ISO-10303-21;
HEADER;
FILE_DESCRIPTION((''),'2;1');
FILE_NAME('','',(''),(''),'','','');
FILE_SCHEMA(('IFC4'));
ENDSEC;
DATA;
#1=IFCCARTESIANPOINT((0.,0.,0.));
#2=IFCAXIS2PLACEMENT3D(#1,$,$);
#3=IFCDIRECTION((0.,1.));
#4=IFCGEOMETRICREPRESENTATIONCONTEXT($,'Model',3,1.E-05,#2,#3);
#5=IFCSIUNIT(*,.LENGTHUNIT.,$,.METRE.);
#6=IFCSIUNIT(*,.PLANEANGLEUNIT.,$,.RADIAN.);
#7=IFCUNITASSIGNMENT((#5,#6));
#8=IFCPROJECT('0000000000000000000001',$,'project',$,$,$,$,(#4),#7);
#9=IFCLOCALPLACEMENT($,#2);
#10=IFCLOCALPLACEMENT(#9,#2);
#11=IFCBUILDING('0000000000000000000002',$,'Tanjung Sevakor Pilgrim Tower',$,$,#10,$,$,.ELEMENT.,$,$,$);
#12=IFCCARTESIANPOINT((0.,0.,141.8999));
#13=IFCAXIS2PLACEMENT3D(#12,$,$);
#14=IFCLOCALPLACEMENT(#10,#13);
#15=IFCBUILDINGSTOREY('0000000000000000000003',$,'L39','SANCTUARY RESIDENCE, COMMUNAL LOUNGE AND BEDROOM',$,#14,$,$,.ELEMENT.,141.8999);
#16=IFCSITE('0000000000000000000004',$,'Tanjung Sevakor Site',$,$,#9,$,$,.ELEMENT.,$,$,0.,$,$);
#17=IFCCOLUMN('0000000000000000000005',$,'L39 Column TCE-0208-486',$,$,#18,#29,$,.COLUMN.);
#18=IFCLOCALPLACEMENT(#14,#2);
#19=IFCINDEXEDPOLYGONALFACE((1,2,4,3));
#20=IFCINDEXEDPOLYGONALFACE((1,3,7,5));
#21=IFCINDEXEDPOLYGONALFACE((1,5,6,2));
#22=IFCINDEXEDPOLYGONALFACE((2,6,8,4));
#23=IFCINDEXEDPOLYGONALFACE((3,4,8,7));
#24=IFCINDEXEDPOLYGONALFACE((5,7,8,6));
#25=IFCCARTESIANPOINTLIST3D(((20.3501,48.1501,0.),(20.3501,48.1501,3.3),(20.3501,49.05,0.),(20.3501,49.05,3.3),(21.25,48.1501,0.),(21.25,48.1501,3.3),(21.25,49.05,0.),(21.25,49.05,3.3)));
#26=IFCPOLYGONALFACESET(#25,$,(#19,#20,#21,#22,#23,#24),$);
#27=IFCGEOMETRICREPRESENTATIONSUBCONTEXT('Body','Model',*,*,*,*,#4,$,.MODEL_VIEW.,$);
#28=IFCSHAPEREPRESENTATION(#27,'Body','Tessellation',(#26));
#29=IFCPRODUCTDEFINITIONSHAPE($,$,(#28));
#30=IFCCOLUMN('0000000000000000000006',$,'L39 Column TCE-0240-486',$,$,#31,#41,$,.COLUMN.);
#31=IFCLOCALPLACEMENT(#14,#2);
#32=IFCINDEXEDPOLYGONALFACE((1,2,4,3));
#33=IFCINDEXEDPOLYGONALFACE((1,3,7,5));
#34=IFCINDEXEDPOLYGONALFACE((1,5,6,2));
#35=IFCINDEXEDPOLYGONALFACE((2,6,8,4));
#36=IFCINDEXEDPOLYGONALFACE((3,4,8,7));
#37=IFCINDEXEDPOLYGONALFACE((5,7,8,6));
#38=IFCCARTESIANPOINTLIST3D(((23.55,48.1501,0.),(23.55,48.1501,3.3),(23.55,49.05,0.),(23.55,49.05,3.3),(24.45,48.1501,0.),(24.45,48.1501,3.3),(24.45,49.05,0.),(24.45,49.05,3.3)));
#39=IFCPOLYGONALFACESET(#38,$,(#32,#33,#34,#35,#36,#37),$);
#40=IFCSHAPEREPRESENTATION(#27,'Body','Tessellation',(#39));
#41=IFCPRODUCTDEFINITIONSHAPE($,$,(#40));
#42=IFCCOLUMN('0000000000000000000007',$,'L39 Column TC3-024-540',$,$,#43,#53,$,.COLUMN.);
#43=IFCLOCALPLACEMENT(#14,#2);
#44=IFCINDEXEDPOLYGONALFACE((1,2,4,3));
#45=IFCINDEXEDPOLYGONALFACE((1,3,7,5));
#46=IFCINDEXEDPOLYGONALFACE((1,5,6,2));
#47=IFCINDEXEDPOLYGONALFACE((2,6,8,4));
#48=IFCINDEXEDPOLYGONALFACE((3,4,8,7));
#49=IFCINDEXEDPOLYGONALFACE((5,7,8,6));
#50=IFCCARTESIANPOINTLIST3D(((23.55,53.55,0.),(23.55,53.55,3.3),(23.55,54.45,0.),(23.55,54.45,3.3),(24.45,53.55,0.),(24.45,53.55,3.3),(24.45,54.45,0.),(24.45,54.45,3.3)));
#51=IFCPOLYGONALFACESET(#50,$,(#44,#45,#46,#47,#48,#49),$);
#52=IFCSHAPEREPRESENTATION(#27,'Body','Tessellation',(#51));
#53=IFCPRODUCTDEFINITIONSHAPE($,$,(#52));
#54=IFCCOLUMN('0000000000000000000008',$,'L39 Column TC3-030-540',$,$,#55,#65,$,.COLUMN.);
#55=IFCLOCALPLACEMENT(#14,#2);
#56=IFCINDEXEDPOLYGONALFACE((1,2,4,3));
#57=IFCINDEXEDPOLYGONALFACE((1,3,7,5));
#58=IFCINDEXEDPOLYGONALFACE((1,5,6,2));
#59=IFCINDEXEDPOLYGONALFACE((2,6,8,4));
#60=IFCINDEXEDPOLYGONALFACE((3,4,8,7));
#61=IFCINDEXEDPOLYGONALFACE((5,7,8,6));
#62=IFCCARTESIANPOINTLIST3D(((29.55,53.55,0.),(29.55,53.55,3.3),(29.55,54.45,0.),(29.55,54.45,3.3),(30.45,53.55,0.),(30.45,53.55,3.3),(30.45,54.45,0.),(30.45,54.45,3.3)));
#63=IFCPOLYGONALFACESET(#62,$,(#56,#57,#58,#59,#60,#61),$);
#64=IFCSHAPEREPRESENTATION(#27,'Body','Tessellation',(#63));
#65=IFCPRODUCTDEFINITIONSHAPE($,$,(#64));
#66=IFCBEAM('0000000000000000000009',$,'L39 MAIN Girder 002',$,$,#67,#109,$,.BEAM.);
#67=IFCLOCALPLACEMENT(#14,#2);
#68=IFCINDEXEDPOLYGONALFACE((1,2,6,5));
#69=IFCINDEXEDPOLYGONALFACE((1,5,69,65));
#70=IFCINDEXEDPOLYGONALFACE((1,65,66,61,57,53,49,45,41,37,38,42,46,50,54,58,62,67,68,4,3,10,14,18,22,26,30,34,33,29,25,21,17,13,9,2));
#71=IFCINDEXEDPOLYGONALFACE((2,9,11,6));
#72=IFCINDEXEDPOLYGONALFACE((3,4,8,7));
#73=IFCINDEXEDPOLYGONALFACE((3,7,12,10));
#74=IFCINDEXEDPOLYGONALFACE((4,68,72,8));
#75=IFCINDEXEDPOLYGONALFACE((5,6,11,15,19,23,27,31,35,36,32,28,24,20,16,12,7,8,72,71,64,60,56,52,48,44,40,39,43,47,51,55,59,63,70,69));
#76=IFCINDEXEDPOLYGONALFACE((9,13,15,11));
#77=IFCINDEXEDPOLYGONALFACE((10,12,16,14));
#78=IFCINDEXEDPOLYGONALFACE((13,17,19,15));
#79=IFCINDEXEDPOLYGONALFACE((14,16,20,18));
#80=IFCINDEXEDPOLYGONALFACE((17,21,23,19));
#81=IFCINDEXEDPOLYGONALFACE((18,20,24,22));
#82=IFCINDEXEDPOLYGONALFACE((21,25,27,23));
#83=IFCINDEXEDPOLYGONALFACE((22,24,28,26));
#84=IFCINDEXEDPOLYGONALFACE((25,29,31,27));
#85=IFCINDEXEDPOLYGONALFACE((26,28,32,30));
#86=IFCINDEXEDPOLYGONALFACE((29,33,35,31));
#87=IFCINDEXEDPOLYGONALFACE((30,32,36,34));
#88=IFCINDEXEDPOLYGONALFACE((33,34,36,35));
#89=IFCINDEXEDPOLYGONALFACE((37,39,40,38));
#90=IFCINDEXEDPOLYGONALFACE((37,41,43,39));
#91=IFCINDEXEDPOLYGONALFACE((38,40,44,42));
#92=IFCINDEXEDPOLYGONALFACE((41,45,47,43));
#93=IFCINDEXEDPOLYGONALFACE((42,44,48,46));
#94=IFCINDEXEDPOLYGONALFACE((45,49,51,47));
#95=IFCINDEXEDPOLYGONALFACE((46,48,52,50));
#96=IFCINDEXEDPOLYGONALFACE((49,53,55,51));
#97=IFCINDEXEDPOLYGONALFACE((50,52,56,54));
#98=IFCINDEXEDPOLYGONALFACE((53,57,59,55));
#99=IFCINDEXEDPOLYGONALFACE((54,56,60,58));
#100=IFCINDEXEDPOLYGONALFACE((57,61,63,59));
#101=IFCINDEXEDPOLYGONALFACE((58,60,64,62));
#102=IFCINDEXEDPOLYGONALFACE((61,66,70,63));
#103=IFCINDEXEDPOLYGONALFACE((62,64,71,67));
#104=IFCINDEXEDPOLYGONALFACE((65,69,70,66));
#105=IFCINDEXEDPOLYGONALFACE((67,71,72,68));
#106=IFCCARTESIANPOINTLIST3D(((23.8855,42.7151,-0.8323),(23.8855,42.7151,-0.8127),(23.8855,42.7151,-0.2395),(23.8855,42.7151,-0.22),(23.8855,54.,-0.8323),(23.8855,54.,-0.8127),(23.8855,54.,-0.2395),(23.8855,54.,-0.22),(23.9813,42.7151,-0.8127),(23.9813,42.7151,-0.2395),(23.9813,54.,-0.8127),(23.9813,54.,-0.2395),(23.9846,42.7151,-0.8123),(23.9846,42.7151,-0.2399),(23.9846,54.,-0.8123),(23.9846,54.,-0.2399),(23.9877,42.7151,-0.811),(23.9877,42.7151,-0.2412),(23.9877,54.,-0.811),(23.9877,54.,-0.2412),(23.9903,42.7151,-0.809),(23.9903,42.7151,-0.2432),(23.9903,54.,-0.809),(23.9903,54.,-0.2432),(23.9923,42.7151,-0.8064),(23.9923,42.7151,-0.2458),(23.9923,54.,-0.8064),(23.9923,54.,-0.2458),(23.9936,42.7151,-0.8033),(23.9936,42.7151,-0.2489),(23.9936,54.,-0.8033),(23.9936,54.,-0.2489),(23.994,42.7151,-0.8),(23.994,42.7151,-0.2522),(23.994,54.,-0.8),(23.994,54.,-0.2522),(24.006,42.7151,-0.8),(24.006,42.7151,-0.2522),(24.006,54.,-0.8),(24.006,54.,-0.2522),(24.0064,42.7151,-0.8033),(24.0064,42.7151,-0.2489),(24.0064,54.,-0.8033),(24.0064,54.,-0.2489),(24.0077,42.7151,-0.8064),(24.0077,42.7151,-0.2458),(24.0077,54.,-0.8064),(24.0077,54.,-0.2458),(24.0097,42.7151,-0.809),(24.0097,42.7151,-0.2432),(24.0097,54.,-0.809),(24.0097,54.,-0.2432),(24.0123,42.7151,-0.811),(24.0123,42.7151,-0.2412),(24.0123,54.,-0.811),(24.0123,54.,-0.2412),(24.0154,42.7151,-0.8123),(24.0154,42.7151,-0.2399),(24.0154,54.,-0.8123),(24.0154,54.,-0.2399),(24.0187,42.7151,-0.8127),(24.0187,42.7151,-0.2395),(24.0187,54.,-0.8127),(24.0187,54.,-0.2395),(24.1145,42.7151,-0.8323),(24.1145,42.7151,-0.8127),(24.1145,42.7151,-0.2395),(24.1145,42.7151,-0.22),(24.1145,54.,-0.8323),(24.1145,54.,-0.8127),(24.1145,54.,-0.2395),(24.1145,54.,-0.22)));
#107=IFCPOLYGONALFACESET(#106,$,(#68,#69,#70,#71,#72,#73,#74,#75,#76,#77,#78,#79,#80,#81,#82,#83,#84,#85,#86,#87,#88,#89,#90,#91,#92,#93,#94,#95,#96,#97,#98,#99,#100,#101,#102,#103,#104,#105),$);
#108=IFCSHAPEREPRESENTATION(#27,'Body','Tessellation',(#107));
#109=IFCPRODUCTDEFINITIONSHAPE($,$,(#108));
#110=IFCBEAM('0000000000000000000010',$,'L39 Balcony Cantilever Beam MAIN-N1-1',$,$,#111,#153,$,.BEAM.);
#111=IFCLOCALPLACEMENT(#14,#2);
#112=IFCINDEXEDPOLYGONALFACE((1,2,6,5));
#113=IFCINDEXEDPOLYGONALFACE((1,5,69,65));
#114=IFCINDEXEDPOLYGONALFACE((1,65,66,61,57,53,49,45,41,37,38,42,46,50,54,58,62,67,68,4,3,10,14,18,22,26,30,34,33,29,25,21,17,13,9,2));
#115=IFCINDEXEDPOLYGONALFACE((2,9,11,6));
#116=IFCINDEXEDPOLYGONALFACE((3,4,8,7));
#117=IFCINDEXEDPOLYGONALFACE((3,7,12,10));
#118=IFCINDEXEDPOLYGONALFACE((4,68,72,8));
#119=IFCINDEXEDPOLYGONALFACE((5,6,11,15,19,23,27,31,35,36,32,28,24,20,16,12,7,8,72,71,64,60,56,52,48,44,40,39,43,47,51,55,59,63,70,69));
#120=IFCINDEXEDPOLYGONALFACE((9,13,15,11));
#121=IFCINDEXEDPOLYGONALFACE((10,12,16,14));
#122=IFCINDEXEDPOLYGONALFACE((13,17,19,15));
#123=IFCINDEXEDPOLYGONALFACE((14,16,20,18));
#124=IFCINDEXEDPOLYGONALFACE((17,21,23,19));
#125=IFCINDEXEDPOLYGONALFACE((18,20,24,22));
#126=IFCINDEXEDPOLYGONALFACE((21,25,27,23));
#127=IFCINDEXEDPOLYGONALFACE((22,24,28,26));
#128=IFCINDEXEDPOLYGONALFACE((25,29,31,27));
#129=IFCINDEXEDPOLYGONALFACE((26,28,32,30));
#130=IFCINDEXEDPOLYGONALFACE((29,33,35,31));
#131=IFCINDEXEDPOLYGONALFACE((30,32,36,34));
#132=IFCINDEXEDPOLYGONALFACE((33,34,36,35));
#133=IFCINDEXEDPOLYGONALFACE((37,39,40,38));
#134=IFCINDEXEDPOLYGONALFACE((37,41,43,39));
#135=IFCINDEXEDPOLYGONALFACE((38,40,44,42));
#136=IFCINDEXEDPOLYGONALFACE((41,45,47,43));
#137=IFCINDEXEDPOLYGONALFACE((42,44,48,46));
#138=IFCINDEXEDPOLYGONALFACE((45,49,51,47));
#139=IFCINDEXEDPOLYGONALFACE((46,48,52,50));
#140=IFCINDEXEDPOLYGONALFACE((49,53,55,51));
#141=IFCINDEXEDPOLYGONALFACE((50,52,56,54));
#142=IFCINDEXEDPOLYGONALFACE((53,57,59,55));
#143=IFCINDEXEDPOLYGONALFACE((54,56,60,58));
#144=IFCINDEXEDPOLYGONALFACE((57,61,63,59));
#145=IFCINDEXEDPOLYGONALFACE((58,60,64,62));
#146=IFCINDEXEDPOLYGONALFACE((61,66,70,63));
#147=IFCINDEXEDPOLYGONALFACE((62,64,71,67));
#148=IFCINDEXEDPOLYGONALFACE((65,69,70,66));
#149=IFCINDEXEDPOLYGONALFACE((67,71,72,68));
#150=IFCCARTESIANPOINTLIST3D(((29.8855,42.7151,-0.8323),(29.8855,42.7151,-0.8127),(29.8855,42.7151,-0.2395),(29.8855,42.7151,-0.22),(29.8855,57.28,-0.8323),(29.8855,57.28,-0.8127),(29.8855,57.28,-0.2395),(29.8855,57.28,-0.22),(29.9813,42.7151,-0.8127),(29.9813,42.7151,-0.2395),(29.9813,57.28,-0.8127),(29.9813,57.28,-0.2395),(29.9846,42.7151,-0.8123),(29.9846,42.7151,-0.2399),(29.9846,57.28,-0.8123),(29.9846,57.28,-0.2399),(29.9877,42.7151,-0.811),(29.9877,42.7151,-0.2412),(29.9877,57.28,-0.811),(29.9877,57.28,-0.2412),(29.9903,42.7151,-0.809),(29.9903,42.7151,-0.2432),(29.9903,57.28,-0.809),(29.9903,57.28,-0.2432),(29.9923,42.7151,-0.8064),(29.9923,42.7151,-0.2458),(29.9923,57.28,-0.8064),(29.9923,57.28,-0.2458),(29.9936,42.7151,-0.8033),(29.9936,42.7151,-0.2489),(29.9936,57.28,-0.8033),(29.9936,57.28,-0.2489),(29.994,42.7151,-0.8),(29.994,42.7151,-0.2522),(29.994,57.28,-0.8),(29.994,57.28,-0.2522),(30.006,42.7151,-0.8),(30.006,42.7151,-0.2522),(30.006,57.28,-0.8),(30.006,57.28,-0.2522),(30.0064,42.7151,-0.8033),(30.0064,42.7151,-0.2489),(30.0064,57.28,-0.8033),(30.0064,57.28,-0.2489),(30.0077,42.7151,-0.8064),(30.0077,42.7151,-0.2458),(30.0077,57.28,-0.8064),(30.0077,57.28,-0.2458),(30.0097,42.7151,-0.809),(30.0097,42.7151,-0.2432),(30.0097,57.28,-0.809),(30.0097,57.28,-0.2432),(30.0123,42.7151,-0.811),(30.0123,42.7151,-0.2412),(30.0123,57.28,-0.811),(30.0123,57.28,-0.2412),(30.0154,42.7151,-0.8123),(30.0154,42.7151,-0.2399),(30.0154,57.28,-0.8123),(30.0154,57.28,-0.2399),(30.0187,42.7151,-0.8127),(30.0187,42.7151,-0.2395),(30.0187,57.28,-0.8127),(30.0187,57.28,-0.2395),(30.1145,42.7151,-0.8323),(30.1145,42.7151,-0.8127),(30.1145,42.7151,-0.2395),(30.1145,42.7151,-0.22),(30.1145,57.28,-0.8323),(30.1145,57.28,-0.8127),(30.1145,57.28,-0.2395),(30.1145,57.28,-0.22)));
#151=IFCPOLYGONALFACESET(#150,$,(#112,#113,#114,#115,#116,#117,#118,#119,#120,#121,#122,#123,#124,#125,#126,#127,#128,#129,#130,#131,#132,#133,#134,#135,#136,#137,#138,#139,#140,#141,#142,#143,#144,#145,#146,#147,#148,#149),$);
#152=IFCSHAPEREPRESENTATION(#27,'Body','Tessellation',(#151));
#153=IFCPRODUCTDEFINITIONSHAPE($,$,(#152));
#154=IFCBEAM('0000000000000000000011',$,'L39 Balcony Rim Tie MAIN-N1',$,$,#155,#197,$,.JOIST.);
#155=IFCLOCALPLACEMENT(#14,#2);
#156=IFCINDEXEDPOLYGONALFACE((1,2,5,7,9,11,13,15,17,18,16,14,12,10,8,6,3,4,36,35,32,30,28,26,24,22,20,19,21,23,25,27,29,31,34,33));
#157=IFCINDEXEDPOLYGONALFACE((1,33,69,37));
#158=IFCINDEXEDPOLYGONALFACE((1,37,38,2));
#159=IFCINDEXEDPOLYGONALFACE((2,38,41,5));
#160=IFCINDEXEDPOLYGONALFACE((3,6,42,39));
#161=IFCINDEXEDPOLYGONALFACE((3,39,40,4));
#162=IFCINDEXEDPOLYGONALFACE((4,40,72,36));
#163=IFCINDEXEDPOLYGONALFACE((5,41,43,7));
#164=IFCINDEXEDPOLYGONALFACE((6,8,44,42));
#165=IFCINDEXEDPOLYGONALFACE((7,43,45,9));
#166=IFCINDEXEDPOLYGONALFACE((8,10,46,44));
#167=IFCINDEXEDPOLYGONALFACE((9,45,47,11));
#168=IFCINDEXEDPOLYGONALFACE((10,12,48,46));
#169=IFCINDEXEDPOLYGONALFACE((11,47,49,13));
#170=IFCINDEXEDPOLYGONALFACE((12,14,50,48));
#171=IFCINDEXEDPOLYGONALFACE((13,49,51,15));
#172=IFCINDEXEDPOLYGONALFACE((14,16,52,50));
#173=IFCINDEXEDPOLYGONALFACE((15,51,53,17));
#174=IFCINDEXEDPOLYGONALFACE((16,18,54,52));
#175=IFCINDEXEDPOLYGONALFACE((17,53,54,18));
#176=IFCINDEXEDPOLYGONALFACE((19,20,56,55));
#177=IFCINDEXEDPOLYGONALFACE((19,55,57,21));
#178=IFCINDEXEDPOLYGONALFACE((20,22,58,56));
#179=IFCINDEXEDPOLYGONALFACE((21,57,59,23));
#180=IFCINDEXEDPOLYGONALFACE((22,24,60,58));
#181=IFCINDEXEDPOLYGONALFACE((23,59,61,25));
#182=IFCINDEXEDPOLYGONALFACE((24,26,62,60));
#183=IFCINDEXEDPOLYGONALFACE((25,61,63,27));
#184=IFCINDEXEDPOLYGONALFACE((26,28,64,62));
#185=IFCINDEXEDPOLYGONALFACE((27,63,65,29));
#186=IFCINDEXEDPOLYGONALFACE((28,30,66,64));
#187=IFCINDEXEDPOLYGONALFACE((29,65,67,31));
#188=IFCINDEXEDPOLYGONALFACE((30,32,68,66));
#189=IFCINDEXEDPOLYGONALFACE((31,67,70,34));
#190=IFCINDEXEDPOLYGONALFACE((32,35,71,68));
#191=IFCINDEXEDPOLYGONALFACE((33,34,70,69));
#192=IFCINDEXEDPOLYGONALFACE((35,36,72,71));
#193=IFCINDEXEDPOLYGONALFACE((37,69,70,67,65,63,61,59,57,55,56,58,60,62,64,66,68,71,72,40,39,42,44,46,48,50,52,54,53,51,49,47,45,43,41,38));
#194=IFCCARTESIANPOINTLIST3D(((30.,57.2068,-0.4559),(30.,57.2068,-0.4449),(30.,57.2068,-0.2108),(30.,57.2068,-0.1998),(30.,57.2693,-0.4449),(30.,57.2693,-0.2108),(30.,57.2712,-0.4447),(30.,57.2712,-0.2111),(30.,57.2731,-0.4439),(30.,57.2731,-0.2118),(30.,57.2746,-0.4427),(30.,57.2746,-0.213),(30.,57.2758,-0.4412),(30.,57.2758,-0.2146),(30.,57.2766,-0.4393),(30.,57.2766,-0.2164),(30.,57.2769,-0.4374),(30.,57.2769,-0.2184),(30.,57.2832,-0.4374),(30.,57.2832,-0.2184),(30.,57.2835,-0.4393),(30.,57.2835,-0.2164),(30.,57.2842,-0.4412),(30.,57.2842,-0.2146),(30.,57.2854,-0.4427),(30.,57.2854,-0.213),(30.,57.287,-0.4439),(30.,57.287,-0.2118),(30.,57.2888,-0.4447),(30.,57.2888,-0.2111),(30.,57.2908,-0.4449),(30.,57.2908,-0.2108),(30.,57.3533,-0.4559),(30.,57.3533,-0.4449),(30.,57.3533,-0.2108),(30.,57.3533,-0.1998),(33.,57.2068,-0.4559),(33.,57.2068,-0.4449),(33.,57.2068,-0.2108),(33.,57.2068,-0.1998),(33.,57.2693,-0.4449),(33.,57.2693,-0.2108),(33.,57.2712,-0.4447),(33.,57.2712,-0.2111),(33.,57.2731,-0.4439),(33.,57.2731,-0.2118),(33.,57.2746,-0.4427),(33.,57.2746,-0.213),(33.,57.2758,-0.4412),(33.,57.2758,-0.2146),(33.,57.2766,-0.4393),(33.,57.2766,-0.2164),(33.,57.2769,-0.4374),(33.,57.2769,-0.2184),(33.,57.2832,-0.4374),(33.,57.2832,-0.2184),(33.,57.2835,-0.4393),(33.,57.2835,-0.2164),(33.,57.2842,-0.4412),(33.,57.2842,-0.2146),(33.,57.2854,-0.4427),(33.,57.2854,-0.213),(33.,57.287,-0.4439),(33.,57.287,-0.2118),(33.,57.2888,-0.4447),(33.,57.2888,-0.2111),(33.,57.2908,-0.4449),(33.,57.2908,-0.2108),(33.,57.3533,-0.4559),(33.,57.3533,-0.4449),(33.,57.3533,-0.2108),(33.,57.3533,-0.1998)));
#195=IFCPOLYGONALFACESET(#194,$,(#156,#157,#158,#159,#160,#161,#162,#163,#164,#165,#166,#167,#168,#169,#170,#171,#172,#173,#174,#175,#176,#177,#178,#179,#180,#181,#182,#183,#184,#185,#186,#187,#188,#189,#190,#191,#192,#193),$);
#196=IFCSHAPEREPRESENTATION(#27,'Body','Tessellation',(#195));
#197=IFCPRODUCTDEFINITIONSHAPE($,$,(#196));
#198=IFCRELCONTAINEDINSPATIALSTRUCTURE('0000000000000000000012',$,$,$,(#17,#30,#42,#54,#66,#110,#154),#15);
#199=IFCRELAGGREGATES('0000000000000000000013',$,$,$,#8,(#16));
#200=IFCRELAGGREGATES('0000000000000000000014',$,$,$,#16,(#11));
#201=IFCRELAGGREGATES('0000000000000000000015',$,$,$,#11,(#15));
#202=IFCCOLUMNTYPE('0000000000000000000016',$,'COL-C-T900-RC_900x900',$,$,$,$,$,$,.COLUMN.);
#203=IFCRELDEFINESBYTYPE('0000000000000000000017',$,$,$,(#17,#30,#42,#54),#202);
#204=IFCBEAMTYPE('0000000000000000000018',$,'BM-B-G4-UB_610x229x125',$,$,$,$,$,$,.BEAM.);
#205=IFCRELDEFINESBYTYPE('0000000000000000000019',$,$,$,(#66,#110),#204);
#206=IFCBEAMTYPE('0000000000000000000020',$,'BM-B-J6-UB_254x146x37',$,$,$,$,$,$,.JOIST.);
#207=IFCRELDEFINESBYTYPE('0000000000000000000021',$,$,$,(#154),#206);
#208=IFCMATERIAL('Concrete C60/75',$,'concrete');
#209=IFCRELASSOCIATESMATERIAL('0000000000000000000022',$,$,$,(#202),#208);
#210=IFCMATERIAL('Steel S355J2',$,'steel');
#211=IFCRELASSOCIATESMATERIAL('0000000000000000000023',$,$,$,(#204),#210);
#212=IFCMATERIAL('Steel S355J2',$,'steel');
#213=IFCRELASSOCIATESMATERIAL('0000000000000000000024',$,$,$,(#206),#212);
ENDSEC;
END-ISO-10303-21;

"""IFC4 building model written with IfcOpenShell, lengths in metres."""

from ifc_helpers import new_model, si_unit, direction, frame, origin, origin_2d, place, context, subcontext, project, spatial, rectangle, i_section, extrude, material, material_profile, profile_set, type_object, element, save


model = new_model("IFC4")

# Units and contexts
model_context = context("Model", 3, precision=1e-05, world=origin(), true_north=direction((0.0, 1.0)))
body_context = subcontext(model_context, "Body", "Model", "MODEL_VIEW")
ifc_project = project(units=[si_unit("LENGTHUNIT", "METRE"), si_unit("PLANEANGLEUNIT", "RADIAN")], contexts=[model_context])

# Site, building, storey
site_placement = place(None, origin())
site = spatial("IfcSite", under=ifc_project, at=site_placement, Name="Tanjung Sevakor Site", CompositionType="ELEMENT", RefElevation=0.0)
building_placement = place(site_placement, origin())
building = spatial("IfcBuilding", under=site, at=building_placement, Name="Tanjung Sevakor Pilgrim Tower", CompositionType="ELEMENT")
storey_placement = place(building_placement, frame((0.0, 0.0, 141.8999)))
storey = spatial("IfcBuildingStorey", under=building, at=storey_placement, Name="L39", Description="SANCTUARY RESIDENCE, COMMUNAL LOUNGE AND BEDROOM", CompositionType="ELEMENT", Elevation=141.8999)

# Columns
ifc_material_1 = material(Name="Concrete C60/75", Category="concrete")
ifc_material_profile_1 = material_profile(ifc_material_1, rectangle(XDim=0.8999, YDim=0.8999, at=origin_2d()))
ifc_profile_set_1 = profile_set([ifc_material_profile_1], Name="Concrete C60/75")
column_type = type_object("IfcColumnType", Name="COL-C-T900-RC_900x900", PredefinedType="COLUMN", material=ifc_profile_set_1)
for number, where, z_axis, x_axis, name in (
    (1, (20.8, 48.6001, 0.0), (0.0, 0.0, 1.0), (1.0, 0.0, 0.0), "L39 Column TCE-0208-486"),
    (2, (24.0, 48.6001, 0.0), (0.0, 0.0, 1.0), (1.0, 0.0, 0.0), "L39 Column TCE-0240-486"),
    (3, (24.0, 54.0, 0.0), (0.0, 0.0, 1.0), (1.0, 0.0, 0.0), "L39 Column TC3-024-540"),
    (4, (30.0, 54.0, 0.0), (0.0, 0.0, 1.0), (1.0, 0.0, 0.0), "L39 Column TC3-030-540"),
):
    element("IfcColumn", number, at=place(storey_placement, frame(where, z_axis=z_axis, x_axis=x_axis)), inside=storey, type_object=column_type, Name=name, PredefinedType="COLUMN", context=body_context, shape_type="SweptSolid", body=[
        extrude(rectangle(XDim=0.8999, YDim=0.8999, at=origin_2d()), origin(), (0.0, 0.0, 1.0), 3.3),
    ])

# Beams
ifc_material_2 = material(Name="Steel S355J2", Category="steel")
ifc_material_profile_2 = material_profile(ifc_material_2, i_section(OverallWidth=0.229, OverallDepth=0.6123, WebThickness=0.012, FlangeThickness=0.0195, FilletRadius=0.0127, at=origin_2d()))
ifc_profile_set_2 = profile_set([ifc_material_profile_2], Name="Steel S355J2")
beam_type_1 = type_object("IfcBeamType", Name="BM-B-G4-UB_610x229x125", PredefinedType="BEAM", material=ifc_profile_set_2)
beam_1_placement = place(storey_placement, frame((24.0, 42.7151, -0.5261), z_axis=(0.0, 1.0, 0.0), x_axis=(-1.0, 0.0, 0.0)))
element("IfcBeam", 5, at=beam_1_placement, inside=storey, type_object=beam_type_1, Name="L39 MAIN Girder 002", PredefinedType="BEAM", context=body_context, shape_type="SweptSolid", body=[
    extrude(i_section(OverallWidth=0.229, OverallDepth=0.6123, WebThickness=0.012, FlangeThickness=0.0195, FilletRadius=0.0127, at=origin_2d()), origin(), (0.0, 0.0, 1.0), 11.2849),
])
beam_2_placement = place(storey_placement, frame((30.0, 42.7151, -0.5261), z_axis=(0.0, 1.0, 0.0), x_axis=(-1.0, 0.0, 0.0)))
element("IfcBeam", 6, at=beam_2_placement, inside=storey, type_object=beam_type_1, Name="L39 Balcony Cantilever Beam MAIN-N1-1", PredefinedType="BEAM", context=body_context, shape_type="SweptSolid", body=[
    extrude(i_section(OverallWidth=0.229, OverallDepth=0.6123, WebThickness=0.012, FlangeThickness=0.0195, FilletRadius=0.0127, at=origin_2d()), origin(), (0.0, 0.0, 1.0), 14.5649),
])
ifc_material_3 = material(Name="Steel S355J2", Category="steel")
ifc_material_profile_3 = material_profile(ifc_material_3, i_section(OverallWidth=0.1465, OverallDepth=0.2561, WebThickness=0.0063, FlangeThickness=0.011, FilletRadius=0.0076, at=origin_2d()))
ifc_profile_set_3 = profile_set([ifc_material_profile_3], Name="Steel S355J2")
beam_type_2 = type_object("IfcBeamType", Name="BM-B-J6-UB_254x146x37", PredefinedType="JOIST", material=ifc_profile_set_3)
beam_3_placement = place(storey_placement, frame((30.0, 57.28, -0.3279), z_axis=(1.0, 0.0, 0.0), x_axis=(0.0, 1.0, 0.0)))
element("IfcBeam", 7, at=beam_3_placement, inside=storey, type_object=beam_type_2, Name="L39 Balcony Rim Tie MAIN-N1", PredefinedType="JOIST", context=body_context, shape_type="SweptSolid", body=[
    extrude(i_section(OverallWidth=0.1465, OverallDepth=0.2561, WebThickness=0.0063, FlangeThickness=0.011, FilletRadius=0.0076, at=origin_2d()), origin(), (0.0, 0.0, 1.0), 3.0),
])

save(model, "model.ifc")
